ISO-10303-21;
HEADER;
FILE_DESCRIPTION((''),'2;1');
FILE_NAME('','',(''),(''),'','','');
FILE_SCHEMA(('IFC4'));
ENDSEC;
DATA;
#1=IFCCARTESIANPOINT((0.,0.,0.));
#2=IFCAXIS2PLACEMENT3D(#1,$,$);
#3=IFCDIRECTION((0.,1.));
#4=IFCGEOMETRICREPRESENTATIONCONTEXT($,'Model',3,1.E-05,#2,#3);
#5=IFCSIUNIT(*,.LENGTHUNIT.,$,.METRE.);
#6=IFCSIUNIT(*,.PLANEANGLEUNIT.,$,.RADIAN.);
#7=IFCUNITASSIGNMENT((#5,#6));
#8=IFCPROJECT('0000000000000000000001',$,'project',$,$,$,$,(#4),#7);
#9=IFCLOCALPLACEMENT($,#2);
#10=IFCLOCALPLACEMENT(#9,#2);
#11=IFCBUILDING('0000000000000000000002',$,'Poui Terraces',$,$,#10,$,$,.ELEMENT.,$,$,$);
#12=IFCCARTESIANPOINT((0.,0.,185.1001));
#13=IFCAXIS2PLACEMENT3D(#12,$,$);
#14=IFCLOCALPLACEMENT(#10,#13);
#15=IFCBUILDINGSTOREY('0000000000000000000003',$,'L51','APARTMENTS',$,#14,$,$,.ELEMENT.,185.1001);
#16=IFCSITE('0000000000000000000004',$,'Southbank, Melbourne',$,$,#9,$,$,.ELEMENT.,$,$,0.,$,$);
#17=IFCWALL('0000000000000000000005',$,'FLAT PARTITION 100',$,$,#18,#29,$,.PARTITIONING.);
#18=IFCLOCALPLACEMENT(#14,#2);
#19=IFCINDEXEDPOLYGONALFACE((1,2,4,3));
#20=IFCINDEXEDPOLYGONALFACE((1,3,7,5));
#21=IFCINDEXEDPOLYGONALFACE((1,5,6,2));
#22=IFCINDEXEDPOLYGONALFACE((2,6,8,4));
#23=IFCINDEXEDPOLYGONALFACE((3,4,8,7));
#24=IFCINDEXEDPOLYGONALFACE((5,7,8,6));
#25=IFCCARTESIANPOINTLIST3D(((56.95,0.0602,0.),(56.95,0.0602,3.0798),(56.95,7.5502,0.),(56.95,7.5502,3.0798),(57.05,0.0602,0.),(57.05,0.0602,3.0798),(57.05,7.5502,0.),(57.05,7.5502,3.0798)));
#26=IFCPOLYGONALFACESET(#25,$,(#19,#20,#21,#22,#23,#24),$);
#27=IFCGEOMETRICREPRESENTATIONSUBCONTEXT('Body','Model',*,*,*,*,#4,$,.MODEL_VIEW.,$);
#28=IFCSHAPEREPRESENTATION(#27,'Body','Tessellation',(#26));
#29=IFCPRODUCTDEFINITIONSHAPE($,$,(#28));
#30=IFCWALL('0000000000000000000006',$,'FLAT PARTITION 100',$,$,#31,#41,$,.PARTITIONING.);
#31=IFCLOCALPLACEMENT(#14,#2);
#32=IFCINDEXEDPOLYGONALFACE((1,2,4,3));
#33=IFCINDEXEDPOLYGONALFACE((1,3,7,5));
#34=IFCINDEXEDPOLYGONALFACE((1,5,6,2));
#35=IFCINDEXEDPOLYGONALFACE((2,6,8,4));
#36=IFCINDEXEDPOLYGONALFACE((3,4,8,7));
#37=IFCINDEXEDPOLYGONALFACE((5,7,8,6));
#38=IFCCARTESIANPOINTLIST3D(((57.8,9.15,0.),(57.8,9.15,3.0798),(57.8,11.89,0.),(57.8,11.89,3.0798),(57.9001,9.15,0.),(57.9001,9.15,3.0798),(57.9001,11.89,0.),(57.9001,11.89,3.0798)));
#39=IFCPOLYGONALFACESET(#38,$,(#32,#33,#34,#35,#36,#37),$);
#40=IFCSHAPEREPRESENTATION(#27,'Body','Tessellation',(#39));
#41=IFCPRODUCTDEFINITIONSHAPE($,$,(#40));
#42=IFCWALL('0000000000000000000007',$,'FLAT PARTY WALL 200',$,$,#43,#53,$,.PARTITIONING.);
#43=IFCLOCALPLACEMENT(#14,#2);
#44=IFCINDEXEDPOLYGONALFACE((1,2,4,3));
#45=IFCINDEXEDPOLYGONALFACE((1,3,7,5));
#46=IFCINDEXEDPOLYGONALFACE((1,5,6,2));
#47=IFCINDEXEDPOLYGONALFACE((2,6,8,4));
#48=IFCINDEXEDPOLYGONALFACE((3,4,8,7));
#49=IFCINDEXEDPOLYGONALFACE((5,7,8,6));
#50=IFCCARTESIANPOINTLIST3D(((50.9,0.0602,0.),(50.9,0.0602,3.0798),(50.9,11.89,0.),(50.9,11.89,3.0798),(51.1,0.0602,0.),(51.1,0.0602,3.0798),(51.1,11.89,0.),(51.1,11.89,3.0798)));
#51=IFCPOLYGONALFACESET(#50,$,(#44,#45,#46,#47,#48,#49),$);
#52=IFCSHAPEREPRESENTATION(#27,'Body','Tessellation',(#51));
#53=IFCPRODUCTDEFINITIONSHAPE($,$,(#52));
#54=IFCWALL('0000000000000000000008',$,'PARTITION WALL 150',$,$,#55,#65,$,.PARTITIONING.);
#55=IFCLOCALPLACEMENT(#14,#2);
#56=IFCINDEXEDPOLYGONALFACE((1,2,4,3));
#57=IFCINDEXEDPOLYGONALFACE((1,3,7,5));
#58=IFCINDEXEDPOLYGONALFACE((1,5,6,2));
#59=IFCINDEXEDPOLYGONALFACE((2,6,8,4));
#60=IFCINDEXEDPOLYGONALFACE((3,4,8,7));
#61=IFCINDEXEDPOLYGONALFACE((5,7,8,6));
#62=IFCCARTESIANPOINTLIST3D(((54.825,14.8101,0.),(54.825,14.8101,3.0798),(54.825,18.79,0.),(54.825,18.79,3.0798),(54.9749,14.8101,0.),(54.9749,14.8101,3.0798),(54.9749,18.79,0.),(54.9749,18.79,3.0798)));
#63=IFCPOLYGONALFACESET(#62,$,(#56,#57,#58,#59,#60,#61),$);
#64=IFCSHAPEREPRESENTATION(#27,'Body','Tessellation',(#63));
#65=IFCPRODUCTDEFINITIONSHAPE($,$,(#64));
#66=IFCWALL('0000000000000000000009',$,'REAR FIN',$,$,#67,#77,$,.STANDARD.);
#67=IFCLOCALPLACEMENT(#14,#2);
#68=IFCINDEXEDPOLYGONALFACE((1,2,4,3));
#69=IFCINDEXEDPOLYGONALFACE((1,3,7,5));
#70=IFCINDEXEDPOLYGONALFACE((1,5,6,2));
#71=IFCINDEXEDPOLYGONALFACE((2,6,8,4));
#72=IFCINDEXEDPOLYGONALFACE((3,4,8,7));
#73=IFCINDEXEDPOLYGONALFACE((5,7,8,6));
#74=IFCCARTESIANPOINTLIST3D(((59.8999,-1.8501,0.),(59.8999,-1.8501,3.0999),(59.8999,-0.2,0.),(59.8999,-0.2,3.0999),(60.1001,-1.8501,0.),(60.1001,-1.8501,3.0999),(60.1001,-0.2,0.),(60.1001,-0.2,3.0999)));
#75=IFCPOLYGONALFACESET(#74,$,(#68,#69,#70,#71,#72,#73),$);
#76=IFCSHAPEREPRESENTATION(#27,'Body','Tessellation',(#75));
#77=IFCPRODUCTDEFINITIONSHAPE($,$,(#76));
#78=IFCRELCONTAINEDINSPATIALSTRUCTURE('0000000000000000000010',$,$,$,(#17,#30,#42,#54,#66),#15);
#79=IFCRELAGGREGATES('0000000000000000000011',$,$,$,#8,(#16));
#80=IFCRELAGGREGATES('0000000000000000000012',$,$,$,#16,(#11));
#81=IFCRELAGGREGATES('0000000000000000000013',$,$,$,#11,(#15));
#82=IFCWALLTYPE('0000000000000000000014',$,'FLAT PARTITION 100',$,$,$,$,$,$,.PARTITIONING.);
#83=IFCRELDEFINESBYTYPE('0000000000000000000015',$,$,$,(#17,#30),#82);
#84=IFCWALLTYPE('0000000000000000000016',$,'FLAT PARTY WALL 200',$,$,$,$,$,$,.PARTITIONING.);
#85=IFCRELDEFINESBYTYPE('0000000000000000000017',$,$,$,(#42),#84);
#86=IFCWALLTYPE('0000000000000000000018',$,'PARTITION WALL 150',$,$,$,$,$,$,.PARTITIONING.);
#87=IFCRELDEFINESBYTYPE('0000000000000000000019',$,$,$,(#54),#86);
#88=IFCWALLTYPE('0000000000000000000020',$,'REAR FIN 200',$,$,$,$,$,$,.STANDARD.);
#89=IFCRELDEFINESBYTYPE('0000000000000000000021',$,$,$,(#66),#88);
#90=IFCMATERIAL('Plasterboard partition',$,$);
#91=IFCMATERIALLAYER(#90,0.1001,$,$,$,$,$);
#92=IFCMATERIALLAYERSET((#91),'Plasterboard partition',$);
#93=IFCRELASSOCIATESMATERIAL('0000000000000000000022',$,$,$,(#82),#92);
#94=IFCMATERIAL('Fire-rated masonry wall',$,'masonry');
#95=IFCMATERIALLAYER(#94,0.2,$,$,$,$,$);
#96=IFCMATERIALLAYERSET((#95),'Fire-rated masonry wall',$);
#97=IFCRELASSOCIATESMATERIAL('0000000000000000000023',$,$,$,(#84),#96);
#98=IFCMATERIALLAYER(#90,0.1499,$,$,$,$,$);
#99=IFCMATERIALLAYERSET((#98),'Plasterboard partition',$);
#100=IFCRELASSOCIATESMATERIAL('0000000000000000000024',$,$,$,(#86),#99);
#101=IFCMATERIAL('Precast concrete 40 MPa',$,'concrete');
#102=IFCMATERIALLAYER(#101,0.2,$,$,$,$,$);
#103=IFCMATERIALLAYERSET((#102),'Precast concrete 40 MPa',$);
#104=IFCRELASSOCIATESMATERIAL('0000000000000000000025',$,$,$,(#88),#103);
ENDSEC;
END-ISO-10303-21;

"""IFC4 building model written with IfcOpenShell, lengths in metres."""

from ifc_helpers import new_model, si_unit, direction, frame, frame_2d, origin, place, context, subcontext, project, spatial, polyline, rectangle, outline, extrude, source, transform, mapped, material, layer, layer_set, type_object, element, save


model = new_model("IFC4")

# Units and contexts
model_context = context("Model", 3, precision=1e-05, world=origin(), true_north=direction((0.0, 1.0)))
body_context = subcontext(model_context, "Body", "Model", "MODEL_VIEW")
ifc_project = project(units=[si_unit("LENGTHUNIT", "METRE"), si_unit("PLANEANGLEUNIT", "RADIAN")], contexts=[model_context])

# Site, building, storey
site_placement = place(None, origin())
site = spatial("IfcSite", under=ifc_project, at=site_placement, Name="Southbank, Melbourne", CompositionType="ELEMENT", RefElevation=0.0)
building_placement = place(site_placement, origin())
building = spatial("IfcBuilding", under=site, at=building_placement, Name="Poui Terraces", CompositionType="ELEMENT")
storey_placement = place(building_placement, frame((0.0, 0.0, 185.1001)))
storey = spatial("IfcBuildingStorey", under=building, at=storey_placement, Name="L51", Description="APARTMENTS", CompositionType="ELEMENT", Elevation=185.1001)

# Shared definitions
ifc_material_1 = material(Name="Plasterboard partition")
ifc_layer_1 = layer(ifc_material_1, 0.1001)
ifc_layer_set_1 = layer_set([ifc_layer_1], Name="Plasterboard partition")
wall_type_1 = type_object("IfcWallType", Name="FLAT PARTITION 100", PredefinedType="PARTITIONING", material=ifc_layer_set_1)

# Walls
wall_1_placement = place(storey_placement, frame((57.0, 0.0601, 0.0), z_axis=(0.0, 0.0, 1.0), x_axis=(0.0, 1.0, 0.0)))
element("IfcWall", 1, at=wall_1_placement, inside=storey, type_object=wall_type_1, Name="FLAT PARTITION 100", PredefinedType="PARTITIONING", context=body_context, shape_type="SweptSolid", body=[
    extrude(rectangle(XDim=7.49, YDim=0.1001, at=frame_2d((3.7451, 0.0))), origin(), (0.0, 0.0, 1.0), 3.0798),
])
wall_2_placement = place(storey_placement, frame((57.8501, 9.1499, 0.0), z_axis=(0.0, 0.0, 1.0), x_axis=(0.0, 1.0, 0.0)))
element("IfcWall", 2, at=wall_2_placement, inside=storey, type_object=wall_type_1, Name="FLAT PARTITION 100", PredefinedType="PARTITIONING", context=body_context, shape_type="SweptSolid", body=[
    extrude(rectangle(XDim=2.74, YDim=0.1001, at=frame_2d((1.3701, 0.0))), origin(), (0.0, 0.0, 1.0), 3.0798),
])
ifc_material_2 = material(Name="Fire-rated masonry wall", Category="masonry")
ifc_layer_2 = layer(ifc_material_2, 0.2)
ifc_layer_set_2 = layer_set([ifc_layer_2], Name="Fire-rated masonry wall")
wall_type_2 = type_object("IfcWallType", Name="FLAT PARTY WALL 200", PredefinedType="PARTITIONING", material=ifc_layer_set_2)
wall_3_placement = place(storey_placement, frame((51.0, 0.0601, 0.0), z_axis=(0.0, 0.0, 1.0), x_axis=(0.0, 1.0, 0.0)))
element("IfcWall", 3, at=wall_3_placement, inside=storey, type_object=wall_type_2, Name="FLAT PARTY WALL 200", PredefinedType="PARTITIONING", context=body_context, shape_type="SweptSolid", body=[
    extrude(rectangle(XDim=11.8298, YDim=0.2, at=frame_2d((5.915, 0.0))), origin(), (0.0, 0.0, 1.0), 3.0798),
])
ifc_layer_3 = layer(ifc_material_1, 0.1499)
ifc_layer_set_3 = layer_set([ifc_layer_3], Name="Plasterboard partition")
wall_type_3 = type_object("IfcWallType", Name="PARTITION WALL 150", PredefinedType="PARTITIONING", material=ifc_layer_set_3)
wall_4_placement = place(storey_placement, frame((54.8999, 14.8101, 0.0), z_axis=(0.0, 0.0, 1.0), x_axis=(0.0, 1.0, 0.0)))
element("IfcWall", 4, at=wall_4_placement, inside=storey, type_object=wall_type_3, Name="PARTITION WALL 150", PredefinedType="PARTITIONING", context=body_context, shape_type="SweptSolid", body=[
    extrude(rectangle(XDim=3.98, YDim=0.1499, at=frame_2d((1.99, 0.0))), origin(), (0.0, 0.0, 1.0), 3.0798),
])
ifc_material_3 = material(Name="Precast concrete 40 MPa", Category="concrete")
ifc_layer_4 = layer(ifc_material_3, 0.2)
ifc_layer_set_4 = layer_set([ifc_layer_4], Name="Precast concrete 40 MPa")
wall_type_4 = type_object("IfcWallType", Name="REAR FIN 200", PredefinedType="STANDARD", material=ifc_layer_set_4)
shared_shape_1 = source(origin(), body_context, "Body", "SweptSolid", [
    extrude(outline(polyline([(0.0, 0.0), (0.2002, 0.0), (0.2002, 1.6501), (0.0, 1.6501), (0.0, 0.0)])), origin(), (0.0, 0.0, 1.0), 3.0999),
])
wall_5_placement = place(storey_placement, frame((59.8999, -1.8501, 0.0)))
element("IfcWall", 5, at=wall_5_placement, inside=storey, type_object=wall_type_4, Name="REAR FIN", PredefinedType="STANDARD", context=body_context, shape_type="MappedRepresentation", body=[
    mapped(shared_shape_1, transform((0.0, 0.0, 0.0))),
])

save(model, "model.ifc")
